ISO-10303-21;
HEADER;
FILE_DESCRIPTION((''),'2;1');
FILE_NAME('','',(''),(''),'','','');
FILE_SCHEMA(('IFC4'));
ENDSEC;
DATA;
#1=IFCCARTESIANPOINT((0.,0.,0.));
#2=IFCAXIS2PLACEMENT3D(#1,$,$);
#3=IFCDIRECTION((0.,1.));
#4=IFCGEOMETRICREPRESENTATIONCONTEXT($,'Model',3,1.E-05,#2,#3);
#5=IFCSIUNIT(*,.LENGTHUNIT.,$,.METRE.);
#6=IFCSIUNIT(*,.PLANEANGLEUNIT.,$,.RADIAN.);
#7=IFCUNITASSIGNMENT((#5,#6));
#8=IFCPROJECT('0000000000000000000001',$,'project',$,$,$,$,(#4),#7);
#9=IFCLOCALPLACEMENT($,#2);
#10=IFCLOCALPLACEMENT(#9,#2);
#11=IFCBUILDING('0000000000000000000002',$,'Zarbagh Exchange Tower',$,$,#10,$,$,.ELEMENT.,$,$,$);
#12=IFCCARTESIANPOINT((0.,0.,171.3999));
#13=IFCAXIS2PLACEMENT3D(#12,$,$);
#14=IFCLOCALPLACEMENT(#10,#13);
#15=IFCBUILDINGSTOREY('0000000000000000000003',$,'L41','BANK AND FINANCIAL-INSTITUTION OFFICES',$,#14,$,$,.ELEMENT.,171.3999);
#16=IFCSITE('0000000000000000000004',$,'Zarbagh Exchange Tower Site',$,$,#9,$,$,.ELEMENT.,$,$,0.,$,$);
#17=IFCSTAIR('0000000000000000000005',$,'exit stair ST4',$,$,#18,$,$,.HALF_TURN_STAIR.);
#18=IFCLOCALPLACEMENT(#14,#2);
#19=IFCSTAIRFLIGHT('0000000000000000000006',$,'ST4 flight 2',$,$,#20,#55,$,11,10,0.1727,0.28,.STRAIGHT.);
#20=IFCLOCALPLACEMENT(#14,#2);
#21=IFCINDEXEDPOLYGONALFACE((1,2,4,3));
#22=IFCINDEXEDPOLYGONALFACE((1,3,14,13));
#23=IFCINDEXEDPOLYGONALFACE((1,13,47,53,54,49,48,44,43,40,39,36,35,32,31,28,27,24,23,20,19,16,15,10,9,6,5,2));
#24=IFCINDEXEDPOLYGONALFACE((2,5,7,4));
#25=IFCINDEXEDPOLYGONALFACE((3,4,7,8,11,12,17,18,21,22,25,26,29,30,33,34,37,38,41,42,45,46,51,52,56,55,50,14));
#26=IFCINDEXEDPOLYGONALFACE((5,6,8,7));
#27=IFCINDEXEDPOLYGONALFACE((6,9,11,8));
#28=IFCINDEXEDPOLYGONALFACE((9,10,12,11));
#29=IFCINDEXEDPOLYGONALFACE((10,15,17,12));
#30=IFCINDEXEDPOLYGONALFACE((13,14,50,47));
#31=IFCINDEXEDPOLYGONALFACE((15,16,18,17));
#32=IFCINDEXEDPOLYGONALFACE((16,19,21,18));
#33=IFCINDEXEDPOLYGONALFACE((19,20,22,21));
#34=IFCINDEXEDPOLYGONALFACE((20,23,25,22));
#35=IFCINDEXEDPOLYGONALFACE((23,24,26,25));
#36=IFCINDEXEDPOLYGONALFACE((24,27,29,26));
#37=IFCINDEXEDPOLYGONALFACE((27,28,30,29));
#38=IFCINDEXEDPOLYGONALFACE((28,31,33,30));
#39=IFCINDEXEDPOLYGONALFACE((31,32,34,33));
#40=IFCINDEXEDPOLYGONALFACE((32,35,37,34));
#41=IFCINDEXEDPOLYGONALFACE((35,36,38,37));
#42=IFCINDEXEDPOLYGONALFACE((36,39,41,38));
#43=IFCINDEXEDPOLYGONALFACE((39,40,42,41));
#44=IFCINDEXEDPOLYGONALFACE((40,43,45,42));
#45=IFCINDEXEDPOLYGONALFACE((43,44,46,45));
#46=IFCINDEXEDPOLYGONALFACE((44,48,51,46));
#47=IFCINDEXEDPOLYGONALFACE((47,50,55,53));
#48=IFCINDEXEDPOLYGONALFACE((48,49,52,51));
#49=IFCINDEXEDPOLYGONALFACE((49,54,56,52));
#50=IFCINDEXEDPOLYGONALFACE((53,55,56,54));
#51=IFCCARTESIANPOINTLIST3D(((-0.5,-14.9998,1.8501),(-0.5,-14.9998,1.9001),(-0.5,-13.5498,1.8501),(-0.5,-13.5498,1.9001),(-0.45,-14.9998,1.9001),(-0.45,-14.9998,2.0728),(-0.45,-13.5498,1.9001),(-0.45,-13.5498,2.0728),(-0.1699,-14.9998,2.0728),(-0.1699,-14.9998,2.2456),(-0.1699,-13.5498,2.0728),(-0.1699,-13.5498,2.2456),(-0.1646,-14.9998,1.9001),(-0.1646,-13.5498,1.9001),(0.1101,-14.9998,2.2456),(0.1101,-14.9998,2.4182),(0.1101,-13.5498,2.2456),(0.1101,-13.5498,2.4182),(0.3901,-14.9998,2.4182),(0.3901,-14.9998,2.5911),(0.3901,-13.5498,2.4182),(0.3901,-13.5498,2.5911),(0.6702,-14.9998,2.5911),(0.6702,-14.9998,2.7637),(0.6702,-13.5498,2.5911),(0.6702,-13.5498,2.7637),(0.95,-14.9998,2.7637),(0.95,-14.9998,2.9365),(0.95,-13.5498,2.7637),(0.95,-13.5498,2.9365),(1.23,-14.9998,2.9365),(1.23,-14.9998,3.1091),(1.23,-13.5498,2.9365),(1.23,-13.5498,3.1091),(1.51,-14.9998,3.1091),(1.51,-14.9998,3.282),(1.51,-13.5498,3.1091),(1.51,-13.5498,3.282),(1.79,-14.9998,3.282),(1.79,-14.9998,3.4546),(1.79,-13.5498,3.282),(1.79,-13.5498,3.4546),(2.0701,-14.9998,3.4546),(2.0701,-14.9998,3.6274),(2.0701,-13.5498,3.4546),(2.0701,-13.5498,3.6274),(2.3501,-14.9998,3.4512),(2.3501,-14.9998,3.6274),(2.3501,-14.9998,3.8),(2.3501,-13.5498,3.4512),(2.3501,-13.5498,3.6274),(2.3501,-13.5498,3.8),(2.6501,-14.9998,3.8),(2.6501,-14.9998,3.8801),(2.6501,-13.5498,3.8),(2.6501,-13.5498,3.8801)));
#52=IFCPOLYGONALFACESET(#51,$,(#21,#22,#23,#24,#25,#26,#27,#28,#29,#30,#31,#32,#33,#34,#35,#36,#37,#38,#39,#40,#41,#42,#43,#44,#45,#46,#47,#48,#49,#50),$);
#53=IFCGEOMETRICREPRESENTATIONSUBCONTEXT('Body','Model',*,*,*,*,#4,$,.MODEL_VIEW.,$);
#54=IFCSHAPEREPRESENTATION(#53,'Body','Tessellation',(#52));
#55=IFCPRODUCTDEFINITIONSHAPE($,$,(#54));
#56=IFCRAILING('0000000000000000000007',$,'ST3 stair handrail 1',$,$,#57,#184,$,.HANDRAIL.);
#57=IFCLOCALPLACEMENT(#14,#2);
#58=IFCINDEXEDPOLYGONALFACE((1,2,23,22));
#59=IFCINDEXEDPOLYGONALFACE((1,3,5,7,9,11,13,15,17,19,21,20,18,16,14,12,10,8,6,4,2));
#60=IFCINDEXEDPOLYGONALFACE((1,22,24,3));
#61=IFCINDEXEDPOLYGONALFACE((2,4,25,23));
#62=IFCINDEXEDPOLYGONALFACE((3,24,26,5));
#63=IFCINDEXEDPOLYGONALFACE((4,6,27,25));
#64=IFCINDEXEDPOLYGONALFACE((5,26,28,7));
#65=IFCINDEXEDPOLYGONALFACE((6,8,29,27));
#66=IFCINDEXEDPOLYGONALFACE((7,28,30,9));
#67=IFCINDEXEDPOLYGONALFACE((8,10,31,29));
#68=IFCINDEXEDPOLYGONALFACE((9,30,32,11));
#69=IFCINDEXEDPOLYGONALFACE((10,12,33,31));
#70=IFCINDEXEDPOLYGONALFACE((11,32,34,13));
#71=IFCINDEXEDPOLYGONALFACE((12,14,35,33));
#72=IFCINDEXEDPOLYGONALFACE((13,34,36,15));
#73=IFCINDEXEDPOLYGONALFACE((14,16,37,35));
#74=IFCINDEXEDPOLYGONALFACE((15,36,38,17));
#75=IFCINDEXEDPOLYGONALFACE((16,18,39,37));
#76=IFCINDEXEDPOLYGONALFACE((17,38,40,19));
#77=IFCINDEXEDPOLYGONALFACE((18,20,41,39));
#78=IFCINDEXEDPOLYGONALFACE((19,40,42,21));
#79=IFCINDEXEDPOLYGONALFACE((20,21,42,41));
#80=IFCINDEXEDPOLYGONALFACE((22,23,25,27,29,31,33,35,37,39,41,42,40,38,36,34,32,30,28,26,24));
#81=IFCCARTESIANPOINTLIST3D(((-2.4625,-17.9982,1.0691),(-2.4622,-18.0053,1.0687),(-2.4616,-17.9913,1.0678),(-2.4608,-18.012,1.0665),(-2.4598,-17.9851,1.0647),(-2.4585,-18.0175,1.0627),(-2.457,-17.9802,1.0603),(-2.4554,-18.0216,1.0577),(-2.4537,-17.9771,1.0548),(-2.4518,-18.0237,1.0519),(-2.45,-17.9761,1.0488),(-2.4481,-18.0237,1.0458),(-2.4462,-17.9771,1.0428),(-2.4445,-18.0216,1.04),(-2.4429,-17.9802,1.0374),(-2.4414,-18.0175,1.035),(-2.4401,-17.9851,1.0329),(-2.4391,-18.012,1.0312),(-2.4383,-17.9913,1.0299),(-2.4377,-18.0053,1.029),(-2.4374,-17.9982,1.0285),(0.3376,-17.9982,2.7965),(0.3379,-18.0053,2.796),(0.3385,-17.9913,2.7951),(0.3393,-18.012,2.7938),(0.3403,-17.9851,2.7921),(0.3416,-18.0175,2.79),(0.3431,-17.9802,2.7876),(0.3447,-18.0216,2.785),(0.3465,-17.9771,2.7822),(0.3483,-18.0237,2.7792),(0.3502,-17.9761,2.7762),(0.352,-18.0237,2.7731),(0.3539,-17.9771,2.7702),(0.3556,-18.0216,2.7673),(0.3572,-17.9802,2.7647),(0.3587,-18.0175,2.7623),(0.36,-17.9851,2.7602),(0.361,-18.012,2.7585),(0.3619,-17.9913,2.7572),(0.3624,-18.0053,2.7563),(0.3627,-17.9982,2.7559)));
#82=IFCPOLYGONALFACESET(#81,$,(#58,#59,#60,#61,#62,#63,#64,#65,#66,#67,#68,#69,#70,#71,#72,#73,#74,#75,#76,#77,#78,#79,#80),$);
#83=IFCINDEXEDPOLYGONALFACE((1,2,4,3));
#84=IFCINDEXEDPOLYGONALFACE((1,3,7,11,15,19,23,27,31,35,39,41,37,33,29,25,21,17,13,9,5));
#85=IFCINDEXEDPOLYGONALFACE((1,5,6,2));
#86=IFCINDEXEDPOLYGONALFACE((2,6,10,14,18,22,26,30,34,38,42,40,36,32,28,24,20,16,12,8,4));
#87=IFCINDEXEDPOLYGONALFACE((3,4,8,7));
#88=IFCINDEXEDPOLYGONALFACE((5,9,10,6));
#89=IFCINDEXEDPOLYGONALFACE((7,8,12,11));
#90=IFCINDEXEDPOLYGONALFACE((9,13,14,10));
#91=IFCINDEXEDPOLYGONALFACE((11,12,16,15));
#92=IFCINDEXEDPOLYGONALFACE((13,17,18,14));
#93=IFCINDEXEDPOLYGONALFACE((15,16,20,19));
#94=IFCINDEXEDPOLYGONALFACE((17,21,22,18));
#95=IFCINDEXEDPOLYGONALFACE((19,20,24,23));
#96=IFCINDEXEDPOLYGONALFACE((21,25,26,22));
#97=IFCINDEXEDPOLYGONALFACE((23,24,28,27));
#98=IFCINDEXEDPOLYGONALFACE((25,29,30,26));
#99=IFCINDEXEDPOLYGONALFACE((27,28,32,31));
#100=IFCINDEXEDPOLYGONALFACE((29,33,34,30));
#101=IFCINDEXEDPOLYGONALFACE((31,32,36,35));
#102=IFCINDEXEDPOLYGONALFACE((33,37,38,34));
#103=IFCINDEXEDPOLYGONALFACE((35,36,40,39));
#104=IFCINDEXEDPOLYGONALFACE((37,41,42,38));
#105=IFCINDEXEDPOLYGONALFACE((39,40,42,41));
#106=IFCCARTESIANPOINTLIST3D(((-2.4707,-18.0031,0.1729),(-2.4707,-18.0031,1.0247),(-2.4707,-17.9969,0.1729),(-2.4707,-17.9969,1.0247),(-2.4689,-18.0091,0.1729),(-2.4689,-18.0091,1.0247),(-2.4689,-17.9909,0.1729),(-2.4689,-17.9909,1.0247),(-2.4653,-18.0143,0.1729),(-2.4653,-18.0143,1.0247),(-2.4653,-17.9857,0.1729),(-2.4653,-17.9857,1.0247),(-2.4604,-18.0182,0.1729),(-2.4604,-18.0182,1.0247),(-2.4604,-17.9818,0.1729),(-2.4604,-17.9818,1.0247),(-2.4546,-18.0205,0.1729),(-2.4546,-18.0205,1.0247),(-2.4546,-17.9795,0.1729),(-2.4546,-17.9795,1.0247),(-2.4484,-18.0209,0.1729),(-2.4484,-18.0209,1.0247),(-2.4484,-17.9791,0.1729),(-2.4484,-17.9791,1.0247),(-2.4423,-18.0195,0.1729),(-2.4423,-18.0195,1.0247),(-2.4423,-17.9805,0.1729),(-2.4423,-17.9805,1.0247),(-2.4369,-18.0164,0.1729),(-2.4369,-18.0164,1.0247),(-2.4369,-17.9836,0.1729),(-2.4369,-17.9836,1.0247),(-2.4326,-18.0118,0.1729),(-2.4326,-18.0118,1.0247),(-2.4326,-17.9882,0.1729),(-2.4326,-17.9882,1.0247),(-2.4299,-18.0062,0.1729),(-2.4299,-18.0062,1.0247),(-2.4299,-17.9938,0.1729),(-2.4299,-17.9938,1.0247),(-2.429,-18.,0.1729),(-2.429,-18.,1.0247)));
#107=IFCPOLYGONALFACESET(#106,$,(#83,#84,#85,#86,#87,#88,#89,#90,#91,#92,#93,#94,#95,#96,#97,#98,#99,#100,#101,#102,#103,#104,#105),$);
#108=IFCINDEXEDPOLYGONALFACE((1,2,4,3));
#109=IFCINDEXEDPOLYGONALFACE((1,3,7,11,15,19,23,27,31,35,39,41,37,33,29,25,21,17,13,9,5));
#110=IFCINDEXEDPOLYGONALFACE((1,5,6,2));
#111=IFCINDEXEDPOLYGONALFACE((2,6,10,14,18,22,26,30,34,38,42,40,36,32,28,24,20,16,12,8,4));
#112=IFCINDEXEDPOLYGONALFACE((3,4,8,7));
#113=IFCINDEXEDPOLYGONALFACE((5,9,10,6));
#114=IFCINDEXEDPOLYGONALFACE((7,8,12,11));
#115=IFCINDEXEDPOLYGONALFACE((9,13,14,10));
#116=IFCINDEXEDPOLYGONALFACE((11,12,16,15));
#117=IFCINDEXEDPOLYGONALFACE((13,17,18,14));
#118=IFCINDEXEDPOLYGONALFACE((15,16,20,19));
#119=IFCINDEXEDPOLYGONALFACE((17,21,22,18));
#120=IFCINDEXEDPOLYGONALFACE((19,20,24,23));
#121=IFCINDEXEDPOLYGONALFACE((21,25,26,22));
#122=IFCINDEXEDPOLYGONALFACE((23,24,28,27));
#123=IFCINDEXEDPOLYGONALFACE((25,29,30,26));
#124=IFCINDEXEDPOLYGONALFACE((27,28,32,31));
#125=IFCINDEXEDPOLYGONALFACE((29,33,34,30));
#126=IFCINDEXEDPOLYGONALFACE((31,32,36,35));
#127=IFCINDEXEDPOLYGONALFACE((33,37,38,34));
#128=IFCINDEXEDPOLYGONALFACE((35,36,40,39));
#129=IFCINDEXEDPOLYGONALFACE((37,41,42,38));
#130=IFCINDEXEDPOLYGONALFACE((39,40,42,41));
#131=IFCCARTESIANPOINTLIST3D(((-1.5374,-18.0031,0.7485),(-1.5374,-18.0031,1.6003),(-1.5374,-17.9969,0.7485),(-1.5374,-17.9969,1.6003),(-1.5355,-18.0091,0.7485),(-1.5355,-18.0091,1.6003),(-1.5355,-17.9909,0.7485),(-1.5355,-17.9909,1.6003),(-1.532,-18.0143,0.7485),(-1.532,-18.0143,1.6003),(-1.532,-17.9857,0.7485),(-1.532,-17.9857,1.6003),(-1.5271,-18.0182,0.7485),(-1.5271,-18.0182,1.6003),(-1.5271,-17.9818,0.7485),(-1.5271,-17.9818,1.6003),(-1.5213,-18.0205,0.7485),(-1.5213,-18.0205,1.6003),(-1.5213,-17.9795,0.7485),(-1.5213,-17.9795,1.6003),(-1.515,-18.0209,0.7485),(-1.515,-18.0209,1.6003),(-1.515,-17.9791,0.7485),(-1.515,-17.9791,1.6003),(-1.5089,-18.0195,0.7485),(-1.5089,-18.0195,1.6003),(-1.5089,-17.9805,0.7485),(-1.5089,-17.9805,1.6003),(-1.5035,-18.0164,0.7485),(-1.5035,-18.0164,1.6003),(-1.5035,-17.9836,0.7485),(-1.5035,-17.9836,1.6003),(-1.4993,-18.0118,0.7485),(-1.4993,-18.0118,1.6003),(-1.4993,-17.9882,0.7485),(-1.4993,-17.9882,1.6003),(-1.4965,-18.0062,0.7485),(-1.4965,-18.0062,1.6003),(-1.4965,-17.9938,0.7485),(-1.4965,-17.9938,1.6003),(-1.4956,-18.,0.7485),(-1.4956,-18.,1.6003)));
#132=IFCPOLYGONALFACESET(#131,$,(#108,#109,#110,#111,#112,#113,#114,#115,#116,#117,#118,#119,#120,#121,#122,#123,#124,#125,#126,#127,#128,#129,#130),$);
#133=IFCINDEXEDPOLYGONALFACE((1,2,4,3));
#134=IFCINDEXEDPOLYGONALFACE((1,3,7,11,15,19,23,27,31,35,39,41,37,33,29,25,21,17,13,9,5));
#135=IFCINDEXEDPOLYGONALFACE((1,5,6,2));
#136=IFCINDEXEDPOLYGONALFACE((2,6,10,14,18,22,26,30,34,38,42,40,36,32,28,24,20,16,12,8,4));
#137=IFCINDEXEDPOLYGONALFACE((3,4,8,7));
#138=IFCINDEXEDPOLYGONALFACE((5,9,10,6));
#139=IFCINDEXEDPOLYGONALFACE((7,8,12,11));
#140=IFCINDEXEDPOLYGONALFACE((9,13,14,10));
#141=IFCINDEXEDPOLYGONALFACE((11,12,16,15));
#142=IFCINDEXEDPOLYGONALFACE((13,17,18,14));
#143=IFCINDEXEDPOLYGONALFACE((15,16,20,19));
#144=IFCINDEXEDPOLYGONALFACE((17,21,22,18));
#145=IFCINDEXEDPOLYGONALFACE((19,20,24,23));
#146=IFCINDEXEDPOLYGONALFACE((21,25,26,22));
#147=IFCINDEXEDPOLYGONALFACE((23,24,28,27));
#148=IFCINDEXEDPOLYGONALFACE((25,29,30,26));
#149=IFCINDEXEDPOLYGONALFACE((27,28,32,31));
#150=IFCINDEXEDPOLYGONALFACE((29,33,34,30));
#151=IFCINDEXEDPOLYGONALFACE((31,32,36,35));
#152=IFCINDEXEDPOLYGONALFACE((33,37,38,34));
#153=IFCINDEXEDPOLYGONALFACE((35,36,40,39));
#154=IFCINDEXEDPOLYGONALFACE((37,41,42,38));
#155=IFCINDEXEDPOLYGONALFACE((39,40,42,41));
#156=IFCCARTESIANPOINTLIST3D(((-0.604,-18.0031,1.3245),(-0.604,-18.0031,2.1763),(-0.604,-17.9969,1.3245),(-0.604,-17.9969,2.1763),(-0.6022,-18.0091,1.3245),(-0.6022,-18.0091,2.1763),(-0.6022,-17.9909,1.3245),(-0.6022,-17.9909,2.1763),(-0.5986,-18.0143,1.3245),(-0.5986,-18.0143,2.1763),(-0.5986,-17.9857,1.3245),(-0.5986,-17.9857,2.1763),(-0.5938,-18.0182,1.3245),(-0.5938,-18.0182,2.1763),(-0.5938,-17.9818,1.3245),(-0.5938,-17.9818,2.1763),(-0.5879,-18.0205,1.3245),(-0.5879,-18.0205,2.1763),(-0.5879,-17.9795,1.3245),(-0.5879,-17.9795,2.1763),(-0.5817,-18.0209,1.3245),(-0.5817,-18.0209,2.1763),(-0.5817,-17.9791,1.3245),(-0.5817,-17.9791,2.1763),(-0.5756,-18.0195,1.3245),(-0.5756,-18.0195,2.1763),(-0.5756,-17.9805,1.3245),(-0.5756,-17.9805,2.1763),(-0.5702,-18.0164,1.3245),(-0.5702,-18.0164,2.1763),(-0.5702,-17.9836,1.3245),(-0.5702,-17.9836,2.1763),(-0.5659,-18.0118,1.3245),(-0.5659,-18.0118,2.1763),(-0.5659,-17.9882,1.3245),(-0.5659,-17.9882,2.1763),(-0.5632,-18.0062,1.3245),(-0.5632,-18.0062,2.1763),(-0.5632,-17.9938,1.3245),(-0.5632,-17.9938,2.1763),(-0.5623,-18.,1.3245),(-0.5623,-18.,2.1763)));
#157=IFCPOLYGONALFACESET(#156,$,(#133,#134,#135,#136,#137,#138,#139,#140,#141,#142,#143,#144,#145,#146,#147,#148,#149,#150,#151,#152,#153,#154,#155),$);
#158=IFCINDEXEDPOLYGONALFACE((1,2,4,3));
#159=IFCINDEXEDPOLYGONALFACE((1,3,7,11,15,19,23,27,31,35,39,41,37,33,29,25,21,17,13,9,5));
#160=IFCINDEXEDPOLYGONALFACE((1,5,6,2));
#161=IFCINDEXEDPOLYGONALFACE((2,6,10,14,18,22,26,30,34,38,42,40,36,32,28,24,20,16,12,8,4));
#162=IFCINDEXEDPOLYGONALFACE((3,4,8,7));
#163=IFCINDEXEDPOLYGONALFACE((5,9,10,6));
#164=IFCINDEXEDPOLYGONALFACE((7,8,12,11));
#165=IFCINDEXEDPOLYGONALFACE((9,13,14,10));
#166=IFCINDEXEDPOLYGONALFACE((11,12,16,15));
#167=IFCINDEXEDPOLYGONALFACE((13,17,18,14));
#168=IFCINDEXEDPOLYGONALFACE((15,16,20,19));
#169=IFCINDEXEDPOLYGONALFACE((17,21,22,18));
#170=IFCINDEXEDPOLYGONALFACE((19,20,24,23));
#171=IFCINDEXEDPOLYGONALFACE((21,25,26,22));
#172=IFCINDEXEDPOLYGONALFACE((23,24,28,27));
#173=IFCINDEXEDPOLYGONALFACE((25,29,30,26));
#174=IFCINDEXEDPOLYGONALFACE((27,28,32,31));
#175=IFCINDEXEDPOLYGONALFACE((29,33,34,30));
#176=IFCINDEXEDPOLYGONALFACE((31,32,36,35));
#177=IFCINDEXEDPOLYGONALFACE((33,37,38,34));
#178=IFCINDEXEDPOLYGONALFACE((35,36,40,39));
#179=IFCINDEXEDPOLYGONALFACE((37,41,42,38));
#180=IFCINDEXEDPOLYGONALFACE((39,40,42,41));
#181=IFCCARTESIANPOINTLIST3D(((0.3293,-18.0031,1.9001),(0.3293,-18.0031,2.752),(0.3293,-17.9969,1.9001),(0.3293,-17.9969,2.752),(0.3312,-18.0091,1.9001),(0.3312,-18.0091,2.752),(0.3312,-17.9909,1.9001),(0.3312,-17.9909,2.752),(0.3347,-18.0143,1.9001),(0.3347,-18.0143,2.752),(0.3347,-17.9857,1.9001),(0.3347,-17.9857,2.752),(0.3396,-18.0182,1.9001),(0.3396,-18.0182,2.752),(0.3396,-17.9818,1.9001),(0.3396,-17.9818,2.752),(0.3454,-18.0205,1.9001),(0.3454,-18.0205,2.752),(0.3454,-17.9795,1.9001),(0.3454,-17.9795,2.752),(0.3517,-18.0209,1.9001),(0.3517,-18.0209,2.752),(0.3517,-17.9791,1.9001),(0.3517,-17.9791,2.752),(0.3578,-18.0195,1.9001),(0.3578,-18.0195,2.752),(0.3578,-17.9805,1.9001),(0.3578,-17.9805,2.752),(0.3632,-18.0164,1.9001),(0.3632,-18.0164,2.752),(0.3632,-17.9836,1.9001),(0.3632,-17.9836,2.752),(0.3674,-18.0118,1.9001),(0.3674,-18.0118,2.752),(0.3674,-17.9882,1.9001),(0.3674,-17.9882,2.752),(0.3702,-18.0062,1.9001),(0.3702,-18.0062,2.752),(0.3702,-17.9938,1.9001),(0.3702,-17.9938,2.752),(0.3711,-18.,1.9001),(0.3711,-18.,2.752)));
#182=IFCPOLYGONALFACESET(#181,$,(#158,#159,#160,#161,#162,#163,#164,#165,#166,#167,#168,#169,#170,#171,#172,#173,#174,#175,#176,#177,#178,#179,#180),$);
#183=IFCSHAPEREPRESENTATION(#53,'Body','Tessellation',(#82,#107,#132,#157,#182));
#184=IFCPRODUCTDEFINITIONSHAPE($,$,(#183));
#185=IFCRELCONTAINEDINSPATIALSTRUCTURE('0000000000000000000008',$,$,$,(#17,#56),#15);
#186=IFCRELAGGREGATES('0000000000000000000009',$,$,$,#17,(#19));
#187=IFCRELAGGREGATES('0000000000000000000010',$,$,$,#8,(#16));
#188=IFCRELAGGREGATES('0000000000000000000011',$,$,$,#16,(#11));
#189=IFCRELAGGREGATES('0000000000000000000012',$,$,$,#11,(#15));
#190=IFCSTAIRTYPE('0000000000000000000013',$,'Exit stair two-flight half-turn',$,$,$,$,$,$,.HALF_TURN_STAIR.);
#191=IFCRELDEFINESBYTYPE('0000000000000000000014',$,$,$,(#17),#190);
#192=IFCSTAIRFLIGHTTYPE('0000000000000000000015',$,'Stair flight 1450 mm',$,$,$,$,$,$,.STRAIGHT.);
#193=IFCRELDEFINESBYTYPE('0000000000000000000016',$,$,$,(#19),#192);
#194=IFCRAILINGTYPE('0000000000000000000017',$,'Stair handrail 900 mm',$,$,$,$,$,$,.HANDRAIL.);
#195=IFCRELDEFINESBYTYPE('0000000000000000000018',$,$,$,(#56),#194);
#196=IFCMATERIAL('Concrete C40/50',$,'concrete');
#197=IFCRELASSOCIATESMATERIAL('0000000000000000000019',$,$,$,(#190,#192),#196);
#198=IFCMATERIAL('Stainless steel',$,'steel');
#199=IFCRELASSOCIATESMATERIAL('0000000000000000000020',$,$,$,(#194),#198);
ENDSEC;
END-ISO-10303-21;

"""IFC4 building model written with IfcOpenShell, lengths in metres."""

from ifc_helpers import new_model, si_unit, direction, frame, origin, origin_2d, place, context, subcontext, project, spatial, polyline, circle, outline, extrude, material, type_object, element, aggregate, save


model = new_model("IFC4")

# Units and contexts
model_context = context("Model", 3, precision=1e-05, world=origin(), true_north=direction((0.0, 1.0)))
body_context = subcontext(model_context, "Body", "Model", "MODEL_VIEW")
ifc_project = project(units=[si_unit("LENGTHUNIT", "METRE"), si_unit("PLANEANGLEUNIT", "RADIAN")], contexts=[model_context])

# Site, building, storey
site_placement = place(None, origin())
site = spatial("IfcSite", under=ifc_project, at=site_placement, Name="Zarbagh Exchange Tower Site", CompositionType="ELEMENT", RefElevation=0.0)
building_placement = place(site_placement, origin())
building = spatial("IfcBuilding", under=site, at=building_placement, Name="Zarbagh Exchange Tower", CompositionType="ELEMENT")
storey_placement = place(building_placement, frame((0.0, 0.0, 171.3999)))
storey = spatial("IfcBuildingStorey", under=building, at=storey_placement, Name="L41", Description="BANK AND FINANCIAL-INSTITUTION OFFICES", CompositionType="ELEMENT", Elevation=171.3999)

# Shared definitions
ifc_material_1 = material(Name="Concrete C40/50", Category="concrete")

# Shared definitions
ifc_material_2 = material(Name="Stainless steel", Category="steel")

# Stair, stair flight
stair_type = type_object("IfcStairType", Name="Exit stair two-flight half-turn", PredefinedType="HALF_TURN_STAIR", material=ifc_material_1)
stair_1_placement = place(storey_placement, origin())
stair_1 = element("IfcStair", 1, at=stair_1_placement, inside=storey, type_object=stair_type, Name="exit stair ST4", PredefinedType="HALF_TURN_STAIR")
stair_flight_type_1 = type_object("IfcStairFlightType", Name="Stair flight 1450 mm", PredefinedType="STRAIGHT", material=ifc_material_1)
stair_flight_1_placement = place(storey_placement, frame((-0.45, -14.2749, 1.9001), z_axis=(0.0, 0.0, 1.0), x_axis=(1.0, 0.0, 0.0)))
stair_flight_1 = element("IfcStairFlight", 2, at=stair_flight_1_placement, type_object=stair_flight_type_1, Name="ST4 flight 2", NumberOfRisers=11, NumberOfTreads=10, PredefinedType="STRAIGHT", RiserHeight=0.1727, TreadLength=0.28, context=body_context, shape_type="SweptSolid", body=[
    extrude(outline(polyline([(-0.05, -0.05), (-0.05, 0.0), (0.0, 0.0), (0.0, 0.1726), (0.28, 0.1726), (0.28, 0.3455), (0.5601, 0.3455), (0.5601, 0.5181), (0.8401, 0.5181), (0.8401, 0.6909), (1.1201, 0.6909), (1.1201, 0.8635), (1.3999, 0.8635), (1.3999, 1.0364), (1.6799, 1.0364), (1.6799, 1.209), (1.96, 1.209), (1.96, 1.3818), (2.24, 1.3818), (2.24, 1.5544), (2.52, 1.5544), (2.52, 1.7273), (2.8, 1.7273), (2.8, 1.8999), (3.1001, 1.98), (3.1001, 1.8999), (2.8, 1.551), (0.2854, 0.0), (-0.05, -0.05)])), frame((0.0, 0.7251, 0.0), z_axis=(0.0, -1.0, 0.0), x_axis=(1.0, 0.0, 0.0)), (0.0, 0.0, 1.0), 1.45),
])
aggregate(stair_1, [stair_flight_1])

# Railing
railing_type_1 = type_object("IfcRailingType", Name="Stair handrail 900 mm", PredefinedType="HANDRAIL", material=ifc_material_2)
for number, where, name in (
    (3, (-2.45, -18.0, 0.1729), "ST3 stair handrail 1"),
):
    element("IfcRailing", number, at=place(storey_placement, frame(where)), inside=storey, type_object=railing_type_1, Name=name, PredefinedType="HANDRAIL", context=body_context, shape_type="SweptSolid", body=[
        extrude(circle(Radius=0.0239, at=origin_2d()), frame((0.0, 0.0, 0.876), z_axis=(0.85109, 0.0, 0.52502), x_axis=(0.0, 1.0, 0.0)), (0.0, 0.0, 1.0), 3.29),
        extrude(circle(Radius=0.021, at=origin_2d()), origin(), (0.0, 0.0, 1.0), 0.8518),
        extrude(circle(Radius=0.021, at=origin_2d()), frame((0.9333, 0.0, 0.5757)), (0.0, 0.0, 1.0), 0.8518),
        extrude(circle(Radius=0.021, at=origin_2d()), frame((1.8667, 0.0, 1.1516)), (0.0, 0.0, 1.0), 0.8518),
        extrude(circle(Radius=0.021, at=origin_2d()), frame((2.8, 0.0, 1.7273)), (0.0, 0.0, 1.0), 0.8518),
    ])

save(model, "model.ifc")
